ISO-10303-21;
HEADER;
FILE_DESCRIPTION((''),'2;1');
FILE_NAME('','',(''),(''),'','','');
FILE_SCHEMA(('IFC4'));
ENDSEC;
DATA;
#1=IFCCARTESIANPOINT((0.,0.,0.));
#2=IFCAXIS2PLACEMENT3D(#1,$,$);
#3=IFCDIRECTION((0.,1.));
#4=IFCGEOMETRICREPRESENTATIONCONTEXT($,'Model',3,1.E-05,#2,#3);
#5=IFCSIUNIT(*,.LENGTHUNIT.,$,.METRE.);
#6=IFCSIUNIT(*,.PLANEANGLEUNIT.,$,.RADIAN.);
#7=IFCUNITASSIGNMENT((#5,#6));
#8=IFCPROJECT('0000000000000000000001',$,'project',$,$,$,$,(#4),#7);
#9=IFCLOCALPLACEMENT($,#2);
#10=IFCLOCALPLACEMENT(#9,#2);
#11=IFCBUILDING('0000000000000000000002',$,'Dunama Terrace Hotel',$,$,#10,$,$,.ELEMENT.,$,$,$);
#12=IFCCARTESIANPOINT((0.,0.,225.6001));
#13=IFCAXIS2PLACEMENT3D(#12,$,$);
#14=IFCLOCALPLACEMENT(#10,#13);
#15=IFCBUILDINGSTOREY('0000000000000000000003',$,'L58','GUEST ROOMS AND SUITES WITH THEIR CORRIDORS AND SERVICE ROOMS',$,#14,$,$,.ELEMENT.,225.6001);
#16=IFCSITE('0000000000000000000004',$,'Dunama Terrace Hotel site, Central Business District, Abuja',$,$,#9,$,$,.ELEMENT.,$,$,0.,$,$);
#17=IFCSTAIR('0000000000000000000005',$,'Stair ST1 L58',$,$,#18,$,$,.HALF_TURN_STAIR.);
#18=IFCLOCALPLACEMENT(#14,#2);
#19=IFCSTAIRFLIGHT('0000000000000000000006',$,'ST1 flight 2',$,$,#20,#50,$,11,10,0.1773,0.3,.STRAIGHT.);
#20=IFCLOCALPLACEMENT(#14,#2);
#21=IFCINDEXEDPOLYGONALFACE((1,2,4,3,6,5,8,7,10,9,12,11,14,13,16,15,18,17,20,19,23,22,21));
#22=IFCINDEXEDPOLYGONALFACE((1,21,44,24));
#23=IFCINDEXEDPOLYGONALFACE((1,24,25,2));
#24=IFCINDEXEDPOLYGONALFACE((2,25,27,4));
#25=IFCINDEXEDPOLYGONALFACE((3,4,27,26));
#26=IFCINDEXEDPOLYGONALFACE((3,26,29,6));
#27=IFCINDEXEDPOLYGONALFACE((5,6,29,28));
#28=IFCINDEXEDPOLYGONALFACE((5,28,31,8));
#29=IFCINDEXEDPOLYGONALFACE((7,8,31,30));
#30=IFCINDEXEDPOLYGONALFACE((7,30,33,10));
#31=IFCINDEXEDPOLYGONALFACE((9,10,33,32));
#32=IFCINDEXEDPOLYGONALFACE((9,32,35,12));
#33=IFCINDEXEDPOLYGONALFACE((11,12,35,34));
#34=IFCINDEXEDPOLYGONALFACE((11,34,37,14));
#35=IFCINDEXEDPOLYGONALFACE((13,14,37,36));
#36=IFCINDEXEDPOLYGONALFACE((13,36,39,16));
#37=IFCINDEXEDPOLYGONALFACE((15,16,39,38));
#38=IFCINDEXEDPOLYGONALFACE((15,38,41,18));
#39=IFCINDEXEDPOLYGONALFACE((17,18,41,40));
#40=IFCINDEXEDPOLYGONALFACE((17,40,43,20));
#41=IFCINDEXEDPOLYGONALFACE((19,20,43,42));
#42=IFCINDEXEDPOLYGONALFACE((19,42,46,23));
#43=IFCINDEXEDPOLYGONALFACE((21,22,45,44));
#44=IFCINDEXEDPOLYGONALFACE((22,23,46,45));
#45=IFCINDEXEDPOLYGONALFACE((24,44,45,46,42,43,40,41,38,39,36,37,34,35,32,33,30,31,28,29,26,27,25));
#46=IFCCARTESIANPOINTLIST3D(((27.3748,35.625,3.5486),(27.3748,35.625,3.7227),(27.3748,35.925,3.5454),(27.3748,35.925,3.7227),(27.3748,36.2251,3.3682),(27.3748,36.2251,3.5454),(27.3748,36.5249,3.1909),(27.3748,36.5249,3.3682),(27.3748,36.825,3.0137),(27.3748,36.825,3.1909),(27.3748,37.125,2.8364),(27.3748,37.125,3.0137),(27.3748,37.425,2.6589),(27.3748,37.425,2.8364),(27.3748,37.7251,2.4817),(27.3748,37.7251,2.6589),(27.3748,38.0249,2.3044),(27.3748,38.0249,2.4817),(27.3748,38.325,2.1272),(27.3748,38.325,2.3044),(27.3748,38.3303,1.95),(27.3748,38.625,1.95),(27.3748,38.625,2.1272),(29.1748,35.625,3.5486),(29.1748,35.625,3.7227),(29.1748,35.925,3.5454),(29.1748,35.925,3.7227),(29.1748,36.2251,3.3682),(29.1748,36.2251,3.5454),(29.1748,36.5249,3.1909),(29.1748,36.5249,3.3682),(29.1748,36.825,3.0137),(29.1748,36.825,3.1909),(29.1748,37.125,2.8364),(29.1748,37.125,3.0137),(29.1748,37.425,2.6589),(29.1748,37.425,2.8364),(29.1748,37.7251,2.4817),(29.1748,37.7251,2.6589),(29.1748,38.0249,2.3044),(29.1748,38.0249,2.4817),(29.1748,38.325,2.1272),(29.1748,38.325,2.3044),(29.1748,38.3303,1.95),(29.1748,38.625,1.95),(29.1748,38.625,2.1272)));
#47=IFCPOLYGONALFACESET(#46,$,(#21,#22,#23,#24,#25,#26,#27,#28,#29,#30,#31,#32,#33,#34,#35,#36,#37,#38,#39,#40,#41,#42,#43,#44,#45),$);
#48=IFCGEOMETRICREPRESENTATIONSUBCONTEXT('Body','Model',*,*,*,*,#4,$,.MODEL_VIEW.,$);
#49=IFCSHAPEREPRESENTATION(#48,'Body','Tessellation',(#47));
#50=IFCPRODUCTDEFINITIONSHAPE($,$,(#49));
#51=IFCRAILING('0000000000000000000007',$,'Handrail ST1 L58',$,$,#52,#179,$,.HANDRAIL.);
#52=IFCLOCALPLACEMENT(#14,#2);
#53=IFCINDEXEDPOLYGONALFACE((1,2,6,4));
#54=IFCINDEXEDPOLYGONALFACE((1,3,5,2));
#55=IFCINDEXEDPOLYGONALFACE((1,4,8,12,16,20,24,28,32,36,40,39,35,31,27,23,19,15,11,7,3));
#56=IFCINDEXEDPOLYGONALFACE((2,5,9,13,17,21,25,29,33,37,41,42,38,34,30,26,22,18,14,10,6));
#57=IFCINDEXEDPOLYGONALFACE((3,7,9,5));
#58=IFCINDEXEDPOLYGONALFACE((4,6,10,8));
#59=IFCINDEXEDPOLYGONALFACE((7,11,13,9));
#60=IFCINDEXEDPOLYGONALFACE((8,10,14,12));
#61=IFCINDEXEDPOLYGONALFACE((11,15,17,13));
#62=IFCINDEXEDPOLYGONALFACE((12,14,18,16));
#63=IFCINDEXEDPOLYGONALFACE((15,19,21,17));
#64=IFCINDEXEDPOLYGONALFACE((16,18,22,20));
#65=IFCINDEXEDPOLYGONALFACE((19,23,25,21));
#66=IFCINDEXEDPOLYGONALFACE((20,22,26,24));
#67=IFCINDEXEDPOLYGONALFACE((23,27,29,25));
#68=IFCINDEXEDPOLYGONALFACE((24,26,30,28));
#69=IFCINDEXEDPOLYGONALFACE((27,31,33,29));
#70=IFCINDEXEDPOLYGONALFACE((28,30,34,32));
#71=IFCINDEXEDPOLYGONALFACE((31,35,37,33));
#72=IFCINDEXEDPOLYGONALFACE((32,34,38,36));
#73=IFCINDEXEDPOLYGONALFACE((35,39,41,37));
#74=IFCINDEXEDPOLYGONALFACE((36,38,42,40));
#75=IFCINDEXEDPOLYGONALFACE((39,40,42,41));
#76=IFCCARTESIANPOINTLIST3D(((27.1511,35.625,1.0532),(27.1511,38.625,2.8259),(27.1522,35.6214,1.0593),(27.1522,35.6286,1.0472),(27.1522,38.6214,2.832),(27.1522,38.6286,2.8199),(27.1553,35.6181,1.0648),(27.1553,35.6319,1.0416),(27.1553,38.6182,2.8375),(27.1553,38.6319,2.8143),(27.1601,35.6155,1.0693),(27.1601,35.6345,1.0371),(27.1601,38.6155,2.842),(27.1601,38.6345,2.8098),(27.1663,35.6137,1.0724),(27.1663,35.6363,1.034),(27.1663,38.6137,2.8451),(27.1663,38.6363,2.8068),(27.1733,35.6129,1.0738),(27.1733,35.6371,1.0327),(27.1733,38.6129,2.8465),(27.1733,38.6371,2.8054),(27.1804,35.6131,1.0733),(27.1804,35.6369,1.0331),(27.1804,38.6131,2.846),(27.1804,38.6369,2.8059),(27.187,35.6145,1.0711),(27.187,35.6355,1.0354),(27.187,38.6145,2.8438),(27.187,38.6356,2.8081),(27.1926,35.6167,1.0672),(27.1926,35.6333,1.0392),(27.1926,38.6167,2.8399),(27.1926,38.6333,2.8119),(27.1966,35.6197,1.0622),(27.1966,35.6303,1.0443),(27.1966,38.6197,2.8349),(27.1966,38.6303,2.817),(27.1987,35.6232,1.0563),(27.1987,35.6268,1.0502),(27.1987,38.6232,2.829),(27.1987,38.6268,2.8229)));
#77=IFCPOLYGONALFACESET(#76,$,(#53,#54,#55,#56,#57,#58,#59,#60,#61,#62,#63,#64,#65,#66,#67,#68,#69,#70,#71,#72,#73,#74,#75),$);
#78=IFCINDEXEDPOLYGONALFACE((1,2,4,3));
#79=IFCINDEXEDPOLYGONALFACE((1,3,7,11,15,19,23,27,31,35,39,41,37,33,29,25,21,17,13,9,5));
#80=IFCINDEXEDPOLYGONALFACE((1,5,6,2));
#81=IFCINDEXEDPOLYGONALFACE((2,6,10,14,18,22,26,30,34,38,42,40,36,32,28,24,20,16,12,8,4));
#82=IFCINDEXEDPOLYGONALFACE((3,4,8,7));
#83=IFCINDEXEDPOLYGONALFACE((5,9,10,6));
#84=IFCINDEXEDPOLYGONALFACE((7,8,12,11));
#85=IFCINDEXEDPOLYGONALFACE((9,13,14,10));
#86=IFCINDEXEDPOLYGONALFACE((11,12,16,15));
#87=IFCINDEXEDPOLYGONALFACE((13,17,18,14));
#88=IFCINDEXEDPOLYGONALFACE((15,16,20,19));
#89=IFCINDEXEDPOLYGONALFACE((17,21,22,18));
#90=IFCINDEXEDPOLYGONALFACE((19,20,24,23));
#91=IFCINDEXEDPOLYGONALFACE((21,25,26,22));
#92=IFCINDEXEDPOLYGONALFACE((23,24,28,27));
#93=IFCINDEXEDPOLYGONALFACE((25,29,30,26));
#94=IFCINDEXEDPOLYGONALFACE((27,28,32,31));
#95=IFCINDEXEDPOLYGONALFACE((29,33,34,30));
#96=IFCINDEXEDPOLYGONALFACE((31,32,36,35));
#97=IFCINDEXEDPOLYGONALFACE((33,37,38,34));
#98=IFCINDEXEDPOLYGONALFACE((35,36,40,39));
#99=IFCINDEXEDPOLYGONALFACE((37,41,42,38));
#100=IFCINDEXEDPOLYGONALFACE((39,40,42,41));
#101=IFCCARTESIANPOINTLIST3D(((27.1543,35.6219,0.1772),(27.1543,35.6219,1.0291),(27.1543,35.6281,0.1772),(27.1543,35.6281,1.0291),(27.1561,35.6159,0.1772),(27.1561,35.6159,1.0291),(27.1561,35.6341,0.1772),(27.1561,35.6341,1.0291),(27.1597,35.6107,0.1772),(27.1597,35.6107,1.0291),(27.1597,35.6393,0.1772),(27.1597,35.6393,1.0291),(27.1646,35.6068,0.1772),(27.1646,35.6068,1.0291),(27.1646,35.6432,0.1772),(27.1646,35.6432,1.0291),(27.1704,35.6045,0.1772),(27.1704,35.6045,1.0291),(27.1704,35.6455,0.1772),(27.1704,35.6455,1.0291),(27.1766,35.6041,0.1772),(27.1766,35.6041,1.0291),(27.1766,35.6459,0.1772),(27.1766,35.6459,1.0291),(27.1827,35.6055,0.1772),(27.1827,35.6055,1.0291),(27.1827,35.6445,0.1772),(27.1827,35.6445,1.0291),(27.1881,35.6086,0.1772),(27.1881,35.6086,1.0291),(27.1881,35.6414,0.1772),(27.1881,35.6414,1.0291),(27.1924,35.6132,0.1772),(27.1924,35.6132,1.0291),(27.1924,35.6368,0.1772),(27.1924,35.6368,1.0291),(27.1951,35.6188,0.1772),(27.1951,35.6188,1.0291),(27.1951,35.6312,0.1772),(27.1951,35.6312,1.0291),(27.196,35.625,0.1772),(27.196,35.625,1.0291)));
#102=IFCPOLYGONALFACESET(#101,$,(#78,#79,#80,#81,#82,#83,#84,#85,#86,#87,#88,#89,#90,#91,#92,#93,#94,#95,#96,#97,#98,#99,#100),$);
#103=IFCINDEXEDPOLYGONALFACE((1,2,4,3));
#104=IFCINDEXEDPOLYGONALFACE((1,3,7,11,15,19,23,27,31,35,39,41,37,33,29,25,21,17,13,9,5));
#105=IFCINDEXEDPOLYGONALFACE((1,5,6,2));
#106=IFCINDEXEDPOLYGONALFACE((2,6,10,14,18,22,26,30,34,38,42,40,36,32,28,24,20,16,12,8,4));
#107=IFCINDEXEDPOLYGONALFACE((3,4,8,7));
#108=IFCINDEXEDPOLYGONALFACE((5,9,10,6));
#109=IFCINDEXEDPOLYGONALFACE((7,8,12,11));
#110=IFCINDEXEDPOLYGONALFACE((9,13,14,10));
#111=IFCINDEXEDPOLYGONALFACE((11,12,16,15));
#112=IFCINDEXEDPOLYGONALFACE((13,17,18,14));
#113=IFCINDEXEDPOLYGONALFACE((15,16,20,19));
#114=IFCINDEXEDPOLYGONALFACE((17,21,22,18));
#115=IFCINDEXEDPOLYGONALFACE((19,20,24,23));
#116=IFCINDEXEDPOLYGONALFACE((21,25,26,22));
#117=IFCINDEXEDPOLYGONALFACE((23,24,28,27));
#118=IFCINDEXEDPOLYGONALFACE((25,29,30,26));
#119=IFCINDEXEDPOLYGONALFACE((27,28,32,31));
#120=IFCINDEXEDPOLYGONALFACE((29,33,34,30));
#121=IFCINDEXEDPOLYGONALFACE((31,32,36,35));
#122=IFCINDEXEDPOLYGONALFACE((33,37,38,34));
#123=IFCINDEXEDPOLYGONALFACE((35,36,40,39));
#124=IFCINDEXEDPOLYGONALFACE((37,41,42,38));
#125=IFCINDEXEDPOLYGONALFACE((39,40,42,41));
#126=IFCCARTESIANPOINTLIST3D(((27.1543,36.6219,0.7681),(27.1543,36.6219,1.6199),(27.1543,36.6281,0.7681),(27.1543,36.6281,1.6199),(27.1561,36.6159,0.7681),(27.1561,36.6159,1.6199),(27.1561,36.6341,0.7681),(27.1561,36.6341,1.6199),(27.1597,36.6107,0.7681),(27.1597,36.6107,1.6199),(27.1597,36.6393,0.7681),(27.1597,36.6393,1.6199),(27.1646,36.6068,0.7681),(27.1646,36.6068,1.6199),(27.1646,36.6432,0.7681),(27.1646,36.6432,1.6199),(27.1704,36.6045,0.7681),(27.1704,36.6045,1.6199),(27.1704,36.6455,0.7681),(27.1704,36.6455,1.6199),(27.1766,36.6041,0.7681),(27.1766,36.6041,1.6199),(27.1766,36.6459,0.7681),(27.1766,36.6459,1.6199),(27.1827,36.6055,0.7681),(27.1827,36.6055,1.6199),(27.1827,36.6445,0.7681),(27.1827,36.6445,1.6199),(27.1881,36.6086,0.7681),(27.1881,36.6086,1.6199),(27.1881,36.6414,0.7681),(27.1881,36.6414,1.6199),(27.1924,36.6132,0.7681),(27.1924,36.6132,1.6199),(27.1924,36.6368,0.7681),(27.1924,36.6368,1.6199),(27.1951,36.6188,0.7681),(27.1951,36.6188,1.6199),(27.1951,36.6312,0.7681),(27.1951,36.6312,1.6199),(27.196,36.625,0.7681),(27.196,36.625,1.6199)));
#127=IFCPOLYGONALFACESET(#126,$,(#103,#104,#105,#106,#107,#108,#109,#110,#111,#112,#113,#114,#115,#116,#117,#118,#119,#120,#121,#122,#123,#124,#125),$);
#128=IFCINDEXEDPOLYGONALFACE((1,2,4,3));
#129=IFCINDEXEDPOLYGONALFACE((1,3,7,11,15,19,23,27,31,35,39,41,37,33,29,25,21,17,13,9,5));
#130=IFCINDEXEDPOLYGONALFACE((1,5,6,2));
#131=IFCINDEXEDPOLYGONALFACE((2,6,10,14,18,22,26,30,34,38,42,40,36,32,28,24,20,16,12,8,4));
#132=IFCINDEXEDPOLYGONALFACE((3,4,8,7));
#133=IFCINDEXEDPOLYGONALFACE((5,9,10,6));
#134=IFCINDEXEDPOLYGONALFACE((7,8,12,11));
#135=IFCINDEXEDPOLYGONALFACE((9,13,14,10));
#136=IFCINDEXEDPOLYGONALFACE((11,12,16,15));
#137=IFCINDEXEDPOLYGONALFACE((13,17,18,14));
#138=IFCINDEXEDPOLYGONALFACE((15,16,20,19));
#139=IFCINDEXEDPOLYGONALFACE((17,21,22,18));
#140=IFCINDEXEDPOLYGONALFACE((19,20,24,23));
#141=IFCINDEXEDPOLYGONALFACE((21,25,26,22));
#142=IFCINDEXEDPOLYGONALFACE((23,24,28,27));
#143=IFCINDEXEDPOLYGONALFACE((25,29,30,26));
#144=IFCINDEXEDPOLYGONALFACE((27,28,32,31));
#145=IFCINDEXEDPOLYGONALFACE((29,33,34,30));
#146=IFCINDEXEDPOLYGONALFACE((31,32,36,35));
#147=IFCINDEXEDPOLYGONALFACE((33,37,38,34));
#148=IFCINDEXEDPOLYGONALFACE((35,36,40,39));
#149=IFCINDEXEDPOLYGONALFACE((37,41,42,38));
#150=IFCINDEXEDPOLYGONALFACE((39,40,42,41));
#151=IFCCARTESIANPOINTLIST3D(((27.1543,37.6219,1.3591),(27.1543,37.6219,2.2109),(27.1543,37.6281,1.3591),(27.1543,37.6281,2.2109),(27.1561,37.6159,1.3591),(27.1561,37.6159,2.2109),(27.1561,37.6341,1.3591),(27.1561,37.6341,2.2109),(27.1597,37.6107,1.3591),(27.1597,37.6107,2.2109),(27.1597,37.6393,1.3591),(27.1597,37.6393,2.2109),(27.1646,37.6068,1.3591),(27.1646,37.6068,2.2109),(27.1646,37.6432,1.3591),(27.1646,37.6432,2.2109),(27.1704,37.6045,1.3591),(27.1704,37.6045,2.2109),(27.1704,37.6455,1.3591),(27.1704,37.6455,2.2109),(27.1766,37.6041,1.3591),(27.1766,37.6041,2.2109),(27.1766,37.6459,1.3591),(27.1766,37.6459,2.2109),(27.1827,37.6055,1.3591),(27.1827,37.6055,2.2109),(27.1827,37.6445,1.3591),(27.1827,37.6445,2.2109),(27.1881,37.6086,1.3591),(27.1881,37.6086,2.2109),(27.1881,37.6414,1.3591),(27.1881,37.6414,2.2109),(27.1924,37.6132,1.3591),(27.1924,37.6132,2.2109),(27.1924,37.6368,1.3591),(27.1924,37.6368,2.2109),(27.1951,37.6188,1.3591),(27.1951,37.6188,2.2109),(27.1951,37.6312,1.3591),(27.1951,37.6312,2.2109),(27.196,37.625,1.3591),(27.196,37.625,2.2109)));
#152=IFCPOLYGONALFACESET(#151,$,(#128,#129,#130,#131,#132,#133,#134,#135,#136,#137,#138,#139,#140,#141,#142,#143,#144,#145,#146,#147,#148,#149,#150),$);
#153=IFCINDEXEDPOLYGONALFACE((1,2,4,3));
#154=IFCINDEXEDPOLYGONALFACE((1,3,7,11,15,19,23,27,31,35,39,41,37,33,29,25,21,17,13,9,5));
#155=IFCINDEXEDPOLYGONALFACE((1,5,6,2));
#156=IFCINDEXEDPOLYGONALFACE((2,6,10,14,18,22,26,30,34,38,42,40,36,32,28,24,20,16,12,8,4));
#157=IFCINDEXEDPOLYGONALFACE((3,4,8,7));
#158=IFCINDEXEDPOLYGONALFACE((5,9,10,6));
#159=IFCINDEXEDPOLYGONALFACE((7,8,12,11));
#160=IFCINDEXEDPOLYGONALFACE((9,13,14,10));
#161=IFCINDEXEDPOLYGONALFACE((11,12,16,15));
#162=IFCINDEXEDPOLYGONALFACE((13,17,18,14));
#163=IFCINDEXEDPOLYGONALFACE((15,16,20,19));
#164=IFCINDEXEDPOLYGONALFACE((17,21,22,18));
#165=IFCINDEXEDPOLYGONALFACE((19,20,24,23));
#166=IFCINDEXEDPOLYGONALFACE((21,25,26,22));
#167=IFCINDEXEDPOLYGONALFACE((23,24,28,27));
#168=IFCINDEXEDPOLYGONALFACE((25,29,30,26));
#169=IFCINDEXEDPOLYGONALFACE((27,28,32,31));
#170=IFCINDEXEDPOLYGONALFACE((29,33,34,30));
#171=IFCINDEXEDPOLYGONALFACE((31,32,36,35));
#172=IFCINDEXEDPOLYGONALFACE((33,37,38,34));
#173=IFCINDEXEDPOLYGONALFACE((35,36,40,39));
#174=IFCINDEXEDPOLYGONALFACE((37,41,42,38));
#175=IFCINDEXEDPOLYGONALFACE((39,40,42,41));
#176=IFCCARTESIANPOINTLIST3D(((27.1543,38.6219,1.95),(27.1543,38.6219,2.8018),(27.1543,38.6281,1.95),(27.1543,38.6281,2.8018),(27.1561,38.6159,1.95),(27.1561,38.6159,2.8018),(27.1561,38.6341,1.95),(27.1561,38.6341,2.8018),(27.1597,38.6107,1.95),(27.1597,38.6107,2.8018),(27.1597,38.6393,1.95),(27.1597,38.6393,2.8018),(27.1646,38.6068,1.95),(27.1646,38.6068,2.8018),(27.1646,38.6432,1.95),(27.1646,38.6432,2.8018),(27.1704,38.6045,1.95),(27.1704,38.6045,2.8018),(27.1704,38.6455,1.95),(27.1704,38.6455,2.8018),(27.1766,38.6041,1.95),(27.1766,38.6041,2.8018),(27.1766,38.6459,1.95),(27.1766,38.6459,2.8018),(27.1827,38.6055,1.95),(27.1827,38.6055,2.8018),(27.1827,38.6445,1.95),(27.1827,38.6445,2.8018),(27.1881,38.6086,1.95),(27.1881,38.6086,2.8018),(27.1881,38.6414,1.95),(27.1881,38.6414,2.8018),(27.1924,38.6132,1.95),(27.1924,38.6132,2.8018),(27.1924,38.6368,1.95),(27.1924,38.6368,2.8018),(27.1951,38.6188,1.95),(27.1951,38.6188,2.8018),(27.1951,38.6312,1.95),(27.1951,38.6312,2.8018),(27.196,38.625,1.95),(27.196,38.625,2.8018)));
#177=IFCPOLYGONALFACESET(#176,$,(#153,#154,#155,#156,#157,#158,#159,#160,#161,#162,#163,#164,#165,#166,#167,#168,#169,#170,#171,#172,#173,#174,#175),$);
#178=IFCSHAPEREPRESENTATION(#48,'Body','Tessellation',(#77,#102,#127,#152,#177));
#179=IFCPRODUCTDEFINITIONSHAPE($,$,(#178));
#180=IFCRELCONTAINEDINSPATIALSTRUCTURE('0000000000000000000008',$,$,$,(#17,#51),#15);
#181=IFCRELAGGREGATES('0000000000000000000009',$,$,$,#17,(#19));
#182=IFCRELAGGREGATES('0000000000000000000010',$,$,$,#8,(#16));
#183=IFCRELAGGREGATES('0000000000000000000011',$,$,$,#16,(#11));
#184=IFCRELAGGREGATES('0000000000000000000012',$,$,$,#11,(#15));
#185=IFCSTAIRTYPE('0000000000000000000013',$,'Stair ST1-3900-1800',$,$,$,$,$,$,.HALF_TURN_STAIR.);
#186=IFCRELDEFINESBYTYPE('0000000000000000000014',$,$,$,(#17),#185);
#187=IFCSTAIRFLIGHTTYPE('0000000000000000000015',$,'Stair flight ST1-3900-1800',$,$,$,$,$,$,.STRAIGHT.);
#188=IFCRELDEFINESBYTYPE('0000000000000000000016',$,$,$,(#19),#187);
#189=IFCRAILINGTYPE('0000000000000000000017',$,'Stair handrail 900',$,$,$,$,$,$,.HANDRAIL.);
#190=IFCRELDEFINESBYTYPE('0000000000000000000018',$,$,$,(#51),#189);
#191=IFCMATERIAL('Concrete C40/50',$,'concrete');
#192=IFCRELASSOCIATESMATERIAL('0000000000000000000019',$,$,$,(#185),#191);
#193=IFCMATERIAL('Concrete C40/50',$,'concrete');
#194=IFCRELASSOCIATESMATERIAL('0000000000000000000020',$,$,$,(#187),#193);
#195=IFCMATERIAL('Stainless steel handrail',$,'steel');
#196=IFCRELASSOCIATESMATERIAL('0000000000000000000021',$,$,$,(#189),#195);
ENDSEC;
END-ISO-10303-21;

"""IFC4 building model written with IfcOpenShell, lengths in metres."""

from ifc_helpers import new_model, si_unit, direction, frame, origin, origin_2d, place, context, subcontext, project, spatial, polyline, circle, outline, extrude, material, type_object, element, aggregate, save


model = new_model("IFC4")

# Units and contexts
model_context = context("Model", 3, precision=1e-05, world=origin(), true_north=direction((0.0, 1.0)))
body_context = subcontext(model_context, "Body", "Model", "MODEL_VIEW")
ifc_project = project(units=[si_unit("LENGTHUNIT", "METRE"), si_unit("PLANEANGLEUNIT", "RADIAN")], contexts=[model_context])

# Site, building, storey
site_placement = place(None, origin())
site = spatial("IfcSite", under=ifc_project, at=site_placement, Name="Dunama Terrace Hotel site, Central Business District, Abuja", CompositionType="ELEMENT", RefElevation=0.0)
building_placement = place(site_placement, origin())
building = spatial("IfcBuilding", under=site, at=building_placement, Name="Dunama Terrace Hotel", CompositionType="ELEMENT")
storey_placement = place(building_placement, frame((0.0, 0.0, 225.6001)))
storey = spatial("IfcBuildingStorey", under=building, at=storey_placement, Name="L58", Description="GUEST ROOMS AND SUITES WITH THEIR CORRIDORS AND SERVICE ROOMS", CompositionType="ELEMENT", Elevation=225.6001)

# Stair, stair flight
ifc_material_1 = material(Name="Concrete C40/50", Category="concrete")
stair_type = type_object("IfcStairType", Name="Stair ST1-3900-1800", PredefinedType="HALF_TURN_STAIR", material=ifc_material_1)
stair_placement = place(storey_placement, origin())
stair = element("IfcStair", 1, at=stair_placement, inside=storey, type_object=stair_type, Name="Stair ST1 L58", PredefinedType="HALF_TURN_STAIR")
ifc_material_2 = material(Name="Concrete C40/50", Category="concrete")
stair_flight_type = type_object("IfcStairFlightType", Name="Stair flight ST1-3900-1800", PredefinedType="STRAIGHT", material=ifc_material_2)
stair_flight_1_placement = place(storey_placement, frame((28.2749, 38.625, 1.95), z_axis=(0.0, 0.0, 1.0), x_axis=(0.0, -1.0, 0.0)))
stair_flight_1 = element("IfcStairFlight", 2, at=stair_flight_1_placement, type_object=stair_flight_type, Name="ST1 flight 2", NumberOfRisers=11, NumberOfTreads=10, PredefinedType="STRAIGHT", RiserHeight=0.1773, TreadLength=0.3, context=body_context, shape_type="SweptSolid", body=[
    extrude(outline(polyline([(0.0, 0.0), (0.0, 0.1772), (0.3, 0.1772), (0.3, 0.3545), (0.6001, 0.3545), (0.6001, 0.5317), (0.8999, 0.5317), (0.8999, 0.709), (1.2, 0.709), (1.2, 0.8865), (1.5, 0.8865), (1.5, 1.0637), (1.8, 1.0637), (1.8, 1.241), (2.1001, 1.241), (2.1001, 1.4182), (2.3999, 1.4182), (2.3999, 1.5955), (2.7, 1.5955), (2.7, 1.7727), (3.0, 1.7727), (3.0, 1.95), (3.0, 1.5986), (0.2947, 0.0), (0.0, 0.0)])), frame((0.0, 0.8999, 0.0), z_axis=(0.0, -1.0, 0.0), x_axis=(1.0, 0.0, 0.0)), (0.0, 0.0, 1.0), 1.8),
])
aggregate(stair, [stair_flight_1])

# Railing
ifc_material_3 = material(Name="Stainless steel handrail", Category="steel")
railing_type = type_object("IfcRailingType", Name="Stair handrail 900", PredefinedType="HANDRAIL", material=ifc_material_3)
railing_1_placement = place(storey_placement, frame((27.175, 35.625, 0.1772)))
element("IfcRailing", 3, at=railing_1_placement, inside=storey, type_object=railing_type, Name="Handrail ST1 L58", PredefinedType="HANDRAIL", context=body_context, shape_type="SweptSolid", body=[
    extrude(circle(Radius=0.0239, at=origin_2d()), frame((0.0, 0.0, 0.876), z_axis=(0.0, 0.860929, 0.508725), x_axis=(-1.0, 0.0, 0.0)), (0.0, 0.0, 1.0), 3.4846),
    extrude(circle(Radius=0.021, at=origin_2d()), origin(), (0.0, 0.0, 1.0), 0.8518),
    extrude(circle(Radius=0.021, at=origin_2d()), frame((0.0, 1.0, 0.5908)), (0.0, 0.0, 1.0), 0.8518),
    extrude(circle(Radius=0.021, at=origin_2d()), frame((0.0, 2.0, 1.1819)), (0.0, 0.0, 1.0), 0.8518),
    extrude(circle(Radius=0.021, at=origin_2d()), frame((0.0, 3.0, 1.7727)), (0.0, 0.0, 1.0), 0.8518),
])

save(model, "model.ifc")
